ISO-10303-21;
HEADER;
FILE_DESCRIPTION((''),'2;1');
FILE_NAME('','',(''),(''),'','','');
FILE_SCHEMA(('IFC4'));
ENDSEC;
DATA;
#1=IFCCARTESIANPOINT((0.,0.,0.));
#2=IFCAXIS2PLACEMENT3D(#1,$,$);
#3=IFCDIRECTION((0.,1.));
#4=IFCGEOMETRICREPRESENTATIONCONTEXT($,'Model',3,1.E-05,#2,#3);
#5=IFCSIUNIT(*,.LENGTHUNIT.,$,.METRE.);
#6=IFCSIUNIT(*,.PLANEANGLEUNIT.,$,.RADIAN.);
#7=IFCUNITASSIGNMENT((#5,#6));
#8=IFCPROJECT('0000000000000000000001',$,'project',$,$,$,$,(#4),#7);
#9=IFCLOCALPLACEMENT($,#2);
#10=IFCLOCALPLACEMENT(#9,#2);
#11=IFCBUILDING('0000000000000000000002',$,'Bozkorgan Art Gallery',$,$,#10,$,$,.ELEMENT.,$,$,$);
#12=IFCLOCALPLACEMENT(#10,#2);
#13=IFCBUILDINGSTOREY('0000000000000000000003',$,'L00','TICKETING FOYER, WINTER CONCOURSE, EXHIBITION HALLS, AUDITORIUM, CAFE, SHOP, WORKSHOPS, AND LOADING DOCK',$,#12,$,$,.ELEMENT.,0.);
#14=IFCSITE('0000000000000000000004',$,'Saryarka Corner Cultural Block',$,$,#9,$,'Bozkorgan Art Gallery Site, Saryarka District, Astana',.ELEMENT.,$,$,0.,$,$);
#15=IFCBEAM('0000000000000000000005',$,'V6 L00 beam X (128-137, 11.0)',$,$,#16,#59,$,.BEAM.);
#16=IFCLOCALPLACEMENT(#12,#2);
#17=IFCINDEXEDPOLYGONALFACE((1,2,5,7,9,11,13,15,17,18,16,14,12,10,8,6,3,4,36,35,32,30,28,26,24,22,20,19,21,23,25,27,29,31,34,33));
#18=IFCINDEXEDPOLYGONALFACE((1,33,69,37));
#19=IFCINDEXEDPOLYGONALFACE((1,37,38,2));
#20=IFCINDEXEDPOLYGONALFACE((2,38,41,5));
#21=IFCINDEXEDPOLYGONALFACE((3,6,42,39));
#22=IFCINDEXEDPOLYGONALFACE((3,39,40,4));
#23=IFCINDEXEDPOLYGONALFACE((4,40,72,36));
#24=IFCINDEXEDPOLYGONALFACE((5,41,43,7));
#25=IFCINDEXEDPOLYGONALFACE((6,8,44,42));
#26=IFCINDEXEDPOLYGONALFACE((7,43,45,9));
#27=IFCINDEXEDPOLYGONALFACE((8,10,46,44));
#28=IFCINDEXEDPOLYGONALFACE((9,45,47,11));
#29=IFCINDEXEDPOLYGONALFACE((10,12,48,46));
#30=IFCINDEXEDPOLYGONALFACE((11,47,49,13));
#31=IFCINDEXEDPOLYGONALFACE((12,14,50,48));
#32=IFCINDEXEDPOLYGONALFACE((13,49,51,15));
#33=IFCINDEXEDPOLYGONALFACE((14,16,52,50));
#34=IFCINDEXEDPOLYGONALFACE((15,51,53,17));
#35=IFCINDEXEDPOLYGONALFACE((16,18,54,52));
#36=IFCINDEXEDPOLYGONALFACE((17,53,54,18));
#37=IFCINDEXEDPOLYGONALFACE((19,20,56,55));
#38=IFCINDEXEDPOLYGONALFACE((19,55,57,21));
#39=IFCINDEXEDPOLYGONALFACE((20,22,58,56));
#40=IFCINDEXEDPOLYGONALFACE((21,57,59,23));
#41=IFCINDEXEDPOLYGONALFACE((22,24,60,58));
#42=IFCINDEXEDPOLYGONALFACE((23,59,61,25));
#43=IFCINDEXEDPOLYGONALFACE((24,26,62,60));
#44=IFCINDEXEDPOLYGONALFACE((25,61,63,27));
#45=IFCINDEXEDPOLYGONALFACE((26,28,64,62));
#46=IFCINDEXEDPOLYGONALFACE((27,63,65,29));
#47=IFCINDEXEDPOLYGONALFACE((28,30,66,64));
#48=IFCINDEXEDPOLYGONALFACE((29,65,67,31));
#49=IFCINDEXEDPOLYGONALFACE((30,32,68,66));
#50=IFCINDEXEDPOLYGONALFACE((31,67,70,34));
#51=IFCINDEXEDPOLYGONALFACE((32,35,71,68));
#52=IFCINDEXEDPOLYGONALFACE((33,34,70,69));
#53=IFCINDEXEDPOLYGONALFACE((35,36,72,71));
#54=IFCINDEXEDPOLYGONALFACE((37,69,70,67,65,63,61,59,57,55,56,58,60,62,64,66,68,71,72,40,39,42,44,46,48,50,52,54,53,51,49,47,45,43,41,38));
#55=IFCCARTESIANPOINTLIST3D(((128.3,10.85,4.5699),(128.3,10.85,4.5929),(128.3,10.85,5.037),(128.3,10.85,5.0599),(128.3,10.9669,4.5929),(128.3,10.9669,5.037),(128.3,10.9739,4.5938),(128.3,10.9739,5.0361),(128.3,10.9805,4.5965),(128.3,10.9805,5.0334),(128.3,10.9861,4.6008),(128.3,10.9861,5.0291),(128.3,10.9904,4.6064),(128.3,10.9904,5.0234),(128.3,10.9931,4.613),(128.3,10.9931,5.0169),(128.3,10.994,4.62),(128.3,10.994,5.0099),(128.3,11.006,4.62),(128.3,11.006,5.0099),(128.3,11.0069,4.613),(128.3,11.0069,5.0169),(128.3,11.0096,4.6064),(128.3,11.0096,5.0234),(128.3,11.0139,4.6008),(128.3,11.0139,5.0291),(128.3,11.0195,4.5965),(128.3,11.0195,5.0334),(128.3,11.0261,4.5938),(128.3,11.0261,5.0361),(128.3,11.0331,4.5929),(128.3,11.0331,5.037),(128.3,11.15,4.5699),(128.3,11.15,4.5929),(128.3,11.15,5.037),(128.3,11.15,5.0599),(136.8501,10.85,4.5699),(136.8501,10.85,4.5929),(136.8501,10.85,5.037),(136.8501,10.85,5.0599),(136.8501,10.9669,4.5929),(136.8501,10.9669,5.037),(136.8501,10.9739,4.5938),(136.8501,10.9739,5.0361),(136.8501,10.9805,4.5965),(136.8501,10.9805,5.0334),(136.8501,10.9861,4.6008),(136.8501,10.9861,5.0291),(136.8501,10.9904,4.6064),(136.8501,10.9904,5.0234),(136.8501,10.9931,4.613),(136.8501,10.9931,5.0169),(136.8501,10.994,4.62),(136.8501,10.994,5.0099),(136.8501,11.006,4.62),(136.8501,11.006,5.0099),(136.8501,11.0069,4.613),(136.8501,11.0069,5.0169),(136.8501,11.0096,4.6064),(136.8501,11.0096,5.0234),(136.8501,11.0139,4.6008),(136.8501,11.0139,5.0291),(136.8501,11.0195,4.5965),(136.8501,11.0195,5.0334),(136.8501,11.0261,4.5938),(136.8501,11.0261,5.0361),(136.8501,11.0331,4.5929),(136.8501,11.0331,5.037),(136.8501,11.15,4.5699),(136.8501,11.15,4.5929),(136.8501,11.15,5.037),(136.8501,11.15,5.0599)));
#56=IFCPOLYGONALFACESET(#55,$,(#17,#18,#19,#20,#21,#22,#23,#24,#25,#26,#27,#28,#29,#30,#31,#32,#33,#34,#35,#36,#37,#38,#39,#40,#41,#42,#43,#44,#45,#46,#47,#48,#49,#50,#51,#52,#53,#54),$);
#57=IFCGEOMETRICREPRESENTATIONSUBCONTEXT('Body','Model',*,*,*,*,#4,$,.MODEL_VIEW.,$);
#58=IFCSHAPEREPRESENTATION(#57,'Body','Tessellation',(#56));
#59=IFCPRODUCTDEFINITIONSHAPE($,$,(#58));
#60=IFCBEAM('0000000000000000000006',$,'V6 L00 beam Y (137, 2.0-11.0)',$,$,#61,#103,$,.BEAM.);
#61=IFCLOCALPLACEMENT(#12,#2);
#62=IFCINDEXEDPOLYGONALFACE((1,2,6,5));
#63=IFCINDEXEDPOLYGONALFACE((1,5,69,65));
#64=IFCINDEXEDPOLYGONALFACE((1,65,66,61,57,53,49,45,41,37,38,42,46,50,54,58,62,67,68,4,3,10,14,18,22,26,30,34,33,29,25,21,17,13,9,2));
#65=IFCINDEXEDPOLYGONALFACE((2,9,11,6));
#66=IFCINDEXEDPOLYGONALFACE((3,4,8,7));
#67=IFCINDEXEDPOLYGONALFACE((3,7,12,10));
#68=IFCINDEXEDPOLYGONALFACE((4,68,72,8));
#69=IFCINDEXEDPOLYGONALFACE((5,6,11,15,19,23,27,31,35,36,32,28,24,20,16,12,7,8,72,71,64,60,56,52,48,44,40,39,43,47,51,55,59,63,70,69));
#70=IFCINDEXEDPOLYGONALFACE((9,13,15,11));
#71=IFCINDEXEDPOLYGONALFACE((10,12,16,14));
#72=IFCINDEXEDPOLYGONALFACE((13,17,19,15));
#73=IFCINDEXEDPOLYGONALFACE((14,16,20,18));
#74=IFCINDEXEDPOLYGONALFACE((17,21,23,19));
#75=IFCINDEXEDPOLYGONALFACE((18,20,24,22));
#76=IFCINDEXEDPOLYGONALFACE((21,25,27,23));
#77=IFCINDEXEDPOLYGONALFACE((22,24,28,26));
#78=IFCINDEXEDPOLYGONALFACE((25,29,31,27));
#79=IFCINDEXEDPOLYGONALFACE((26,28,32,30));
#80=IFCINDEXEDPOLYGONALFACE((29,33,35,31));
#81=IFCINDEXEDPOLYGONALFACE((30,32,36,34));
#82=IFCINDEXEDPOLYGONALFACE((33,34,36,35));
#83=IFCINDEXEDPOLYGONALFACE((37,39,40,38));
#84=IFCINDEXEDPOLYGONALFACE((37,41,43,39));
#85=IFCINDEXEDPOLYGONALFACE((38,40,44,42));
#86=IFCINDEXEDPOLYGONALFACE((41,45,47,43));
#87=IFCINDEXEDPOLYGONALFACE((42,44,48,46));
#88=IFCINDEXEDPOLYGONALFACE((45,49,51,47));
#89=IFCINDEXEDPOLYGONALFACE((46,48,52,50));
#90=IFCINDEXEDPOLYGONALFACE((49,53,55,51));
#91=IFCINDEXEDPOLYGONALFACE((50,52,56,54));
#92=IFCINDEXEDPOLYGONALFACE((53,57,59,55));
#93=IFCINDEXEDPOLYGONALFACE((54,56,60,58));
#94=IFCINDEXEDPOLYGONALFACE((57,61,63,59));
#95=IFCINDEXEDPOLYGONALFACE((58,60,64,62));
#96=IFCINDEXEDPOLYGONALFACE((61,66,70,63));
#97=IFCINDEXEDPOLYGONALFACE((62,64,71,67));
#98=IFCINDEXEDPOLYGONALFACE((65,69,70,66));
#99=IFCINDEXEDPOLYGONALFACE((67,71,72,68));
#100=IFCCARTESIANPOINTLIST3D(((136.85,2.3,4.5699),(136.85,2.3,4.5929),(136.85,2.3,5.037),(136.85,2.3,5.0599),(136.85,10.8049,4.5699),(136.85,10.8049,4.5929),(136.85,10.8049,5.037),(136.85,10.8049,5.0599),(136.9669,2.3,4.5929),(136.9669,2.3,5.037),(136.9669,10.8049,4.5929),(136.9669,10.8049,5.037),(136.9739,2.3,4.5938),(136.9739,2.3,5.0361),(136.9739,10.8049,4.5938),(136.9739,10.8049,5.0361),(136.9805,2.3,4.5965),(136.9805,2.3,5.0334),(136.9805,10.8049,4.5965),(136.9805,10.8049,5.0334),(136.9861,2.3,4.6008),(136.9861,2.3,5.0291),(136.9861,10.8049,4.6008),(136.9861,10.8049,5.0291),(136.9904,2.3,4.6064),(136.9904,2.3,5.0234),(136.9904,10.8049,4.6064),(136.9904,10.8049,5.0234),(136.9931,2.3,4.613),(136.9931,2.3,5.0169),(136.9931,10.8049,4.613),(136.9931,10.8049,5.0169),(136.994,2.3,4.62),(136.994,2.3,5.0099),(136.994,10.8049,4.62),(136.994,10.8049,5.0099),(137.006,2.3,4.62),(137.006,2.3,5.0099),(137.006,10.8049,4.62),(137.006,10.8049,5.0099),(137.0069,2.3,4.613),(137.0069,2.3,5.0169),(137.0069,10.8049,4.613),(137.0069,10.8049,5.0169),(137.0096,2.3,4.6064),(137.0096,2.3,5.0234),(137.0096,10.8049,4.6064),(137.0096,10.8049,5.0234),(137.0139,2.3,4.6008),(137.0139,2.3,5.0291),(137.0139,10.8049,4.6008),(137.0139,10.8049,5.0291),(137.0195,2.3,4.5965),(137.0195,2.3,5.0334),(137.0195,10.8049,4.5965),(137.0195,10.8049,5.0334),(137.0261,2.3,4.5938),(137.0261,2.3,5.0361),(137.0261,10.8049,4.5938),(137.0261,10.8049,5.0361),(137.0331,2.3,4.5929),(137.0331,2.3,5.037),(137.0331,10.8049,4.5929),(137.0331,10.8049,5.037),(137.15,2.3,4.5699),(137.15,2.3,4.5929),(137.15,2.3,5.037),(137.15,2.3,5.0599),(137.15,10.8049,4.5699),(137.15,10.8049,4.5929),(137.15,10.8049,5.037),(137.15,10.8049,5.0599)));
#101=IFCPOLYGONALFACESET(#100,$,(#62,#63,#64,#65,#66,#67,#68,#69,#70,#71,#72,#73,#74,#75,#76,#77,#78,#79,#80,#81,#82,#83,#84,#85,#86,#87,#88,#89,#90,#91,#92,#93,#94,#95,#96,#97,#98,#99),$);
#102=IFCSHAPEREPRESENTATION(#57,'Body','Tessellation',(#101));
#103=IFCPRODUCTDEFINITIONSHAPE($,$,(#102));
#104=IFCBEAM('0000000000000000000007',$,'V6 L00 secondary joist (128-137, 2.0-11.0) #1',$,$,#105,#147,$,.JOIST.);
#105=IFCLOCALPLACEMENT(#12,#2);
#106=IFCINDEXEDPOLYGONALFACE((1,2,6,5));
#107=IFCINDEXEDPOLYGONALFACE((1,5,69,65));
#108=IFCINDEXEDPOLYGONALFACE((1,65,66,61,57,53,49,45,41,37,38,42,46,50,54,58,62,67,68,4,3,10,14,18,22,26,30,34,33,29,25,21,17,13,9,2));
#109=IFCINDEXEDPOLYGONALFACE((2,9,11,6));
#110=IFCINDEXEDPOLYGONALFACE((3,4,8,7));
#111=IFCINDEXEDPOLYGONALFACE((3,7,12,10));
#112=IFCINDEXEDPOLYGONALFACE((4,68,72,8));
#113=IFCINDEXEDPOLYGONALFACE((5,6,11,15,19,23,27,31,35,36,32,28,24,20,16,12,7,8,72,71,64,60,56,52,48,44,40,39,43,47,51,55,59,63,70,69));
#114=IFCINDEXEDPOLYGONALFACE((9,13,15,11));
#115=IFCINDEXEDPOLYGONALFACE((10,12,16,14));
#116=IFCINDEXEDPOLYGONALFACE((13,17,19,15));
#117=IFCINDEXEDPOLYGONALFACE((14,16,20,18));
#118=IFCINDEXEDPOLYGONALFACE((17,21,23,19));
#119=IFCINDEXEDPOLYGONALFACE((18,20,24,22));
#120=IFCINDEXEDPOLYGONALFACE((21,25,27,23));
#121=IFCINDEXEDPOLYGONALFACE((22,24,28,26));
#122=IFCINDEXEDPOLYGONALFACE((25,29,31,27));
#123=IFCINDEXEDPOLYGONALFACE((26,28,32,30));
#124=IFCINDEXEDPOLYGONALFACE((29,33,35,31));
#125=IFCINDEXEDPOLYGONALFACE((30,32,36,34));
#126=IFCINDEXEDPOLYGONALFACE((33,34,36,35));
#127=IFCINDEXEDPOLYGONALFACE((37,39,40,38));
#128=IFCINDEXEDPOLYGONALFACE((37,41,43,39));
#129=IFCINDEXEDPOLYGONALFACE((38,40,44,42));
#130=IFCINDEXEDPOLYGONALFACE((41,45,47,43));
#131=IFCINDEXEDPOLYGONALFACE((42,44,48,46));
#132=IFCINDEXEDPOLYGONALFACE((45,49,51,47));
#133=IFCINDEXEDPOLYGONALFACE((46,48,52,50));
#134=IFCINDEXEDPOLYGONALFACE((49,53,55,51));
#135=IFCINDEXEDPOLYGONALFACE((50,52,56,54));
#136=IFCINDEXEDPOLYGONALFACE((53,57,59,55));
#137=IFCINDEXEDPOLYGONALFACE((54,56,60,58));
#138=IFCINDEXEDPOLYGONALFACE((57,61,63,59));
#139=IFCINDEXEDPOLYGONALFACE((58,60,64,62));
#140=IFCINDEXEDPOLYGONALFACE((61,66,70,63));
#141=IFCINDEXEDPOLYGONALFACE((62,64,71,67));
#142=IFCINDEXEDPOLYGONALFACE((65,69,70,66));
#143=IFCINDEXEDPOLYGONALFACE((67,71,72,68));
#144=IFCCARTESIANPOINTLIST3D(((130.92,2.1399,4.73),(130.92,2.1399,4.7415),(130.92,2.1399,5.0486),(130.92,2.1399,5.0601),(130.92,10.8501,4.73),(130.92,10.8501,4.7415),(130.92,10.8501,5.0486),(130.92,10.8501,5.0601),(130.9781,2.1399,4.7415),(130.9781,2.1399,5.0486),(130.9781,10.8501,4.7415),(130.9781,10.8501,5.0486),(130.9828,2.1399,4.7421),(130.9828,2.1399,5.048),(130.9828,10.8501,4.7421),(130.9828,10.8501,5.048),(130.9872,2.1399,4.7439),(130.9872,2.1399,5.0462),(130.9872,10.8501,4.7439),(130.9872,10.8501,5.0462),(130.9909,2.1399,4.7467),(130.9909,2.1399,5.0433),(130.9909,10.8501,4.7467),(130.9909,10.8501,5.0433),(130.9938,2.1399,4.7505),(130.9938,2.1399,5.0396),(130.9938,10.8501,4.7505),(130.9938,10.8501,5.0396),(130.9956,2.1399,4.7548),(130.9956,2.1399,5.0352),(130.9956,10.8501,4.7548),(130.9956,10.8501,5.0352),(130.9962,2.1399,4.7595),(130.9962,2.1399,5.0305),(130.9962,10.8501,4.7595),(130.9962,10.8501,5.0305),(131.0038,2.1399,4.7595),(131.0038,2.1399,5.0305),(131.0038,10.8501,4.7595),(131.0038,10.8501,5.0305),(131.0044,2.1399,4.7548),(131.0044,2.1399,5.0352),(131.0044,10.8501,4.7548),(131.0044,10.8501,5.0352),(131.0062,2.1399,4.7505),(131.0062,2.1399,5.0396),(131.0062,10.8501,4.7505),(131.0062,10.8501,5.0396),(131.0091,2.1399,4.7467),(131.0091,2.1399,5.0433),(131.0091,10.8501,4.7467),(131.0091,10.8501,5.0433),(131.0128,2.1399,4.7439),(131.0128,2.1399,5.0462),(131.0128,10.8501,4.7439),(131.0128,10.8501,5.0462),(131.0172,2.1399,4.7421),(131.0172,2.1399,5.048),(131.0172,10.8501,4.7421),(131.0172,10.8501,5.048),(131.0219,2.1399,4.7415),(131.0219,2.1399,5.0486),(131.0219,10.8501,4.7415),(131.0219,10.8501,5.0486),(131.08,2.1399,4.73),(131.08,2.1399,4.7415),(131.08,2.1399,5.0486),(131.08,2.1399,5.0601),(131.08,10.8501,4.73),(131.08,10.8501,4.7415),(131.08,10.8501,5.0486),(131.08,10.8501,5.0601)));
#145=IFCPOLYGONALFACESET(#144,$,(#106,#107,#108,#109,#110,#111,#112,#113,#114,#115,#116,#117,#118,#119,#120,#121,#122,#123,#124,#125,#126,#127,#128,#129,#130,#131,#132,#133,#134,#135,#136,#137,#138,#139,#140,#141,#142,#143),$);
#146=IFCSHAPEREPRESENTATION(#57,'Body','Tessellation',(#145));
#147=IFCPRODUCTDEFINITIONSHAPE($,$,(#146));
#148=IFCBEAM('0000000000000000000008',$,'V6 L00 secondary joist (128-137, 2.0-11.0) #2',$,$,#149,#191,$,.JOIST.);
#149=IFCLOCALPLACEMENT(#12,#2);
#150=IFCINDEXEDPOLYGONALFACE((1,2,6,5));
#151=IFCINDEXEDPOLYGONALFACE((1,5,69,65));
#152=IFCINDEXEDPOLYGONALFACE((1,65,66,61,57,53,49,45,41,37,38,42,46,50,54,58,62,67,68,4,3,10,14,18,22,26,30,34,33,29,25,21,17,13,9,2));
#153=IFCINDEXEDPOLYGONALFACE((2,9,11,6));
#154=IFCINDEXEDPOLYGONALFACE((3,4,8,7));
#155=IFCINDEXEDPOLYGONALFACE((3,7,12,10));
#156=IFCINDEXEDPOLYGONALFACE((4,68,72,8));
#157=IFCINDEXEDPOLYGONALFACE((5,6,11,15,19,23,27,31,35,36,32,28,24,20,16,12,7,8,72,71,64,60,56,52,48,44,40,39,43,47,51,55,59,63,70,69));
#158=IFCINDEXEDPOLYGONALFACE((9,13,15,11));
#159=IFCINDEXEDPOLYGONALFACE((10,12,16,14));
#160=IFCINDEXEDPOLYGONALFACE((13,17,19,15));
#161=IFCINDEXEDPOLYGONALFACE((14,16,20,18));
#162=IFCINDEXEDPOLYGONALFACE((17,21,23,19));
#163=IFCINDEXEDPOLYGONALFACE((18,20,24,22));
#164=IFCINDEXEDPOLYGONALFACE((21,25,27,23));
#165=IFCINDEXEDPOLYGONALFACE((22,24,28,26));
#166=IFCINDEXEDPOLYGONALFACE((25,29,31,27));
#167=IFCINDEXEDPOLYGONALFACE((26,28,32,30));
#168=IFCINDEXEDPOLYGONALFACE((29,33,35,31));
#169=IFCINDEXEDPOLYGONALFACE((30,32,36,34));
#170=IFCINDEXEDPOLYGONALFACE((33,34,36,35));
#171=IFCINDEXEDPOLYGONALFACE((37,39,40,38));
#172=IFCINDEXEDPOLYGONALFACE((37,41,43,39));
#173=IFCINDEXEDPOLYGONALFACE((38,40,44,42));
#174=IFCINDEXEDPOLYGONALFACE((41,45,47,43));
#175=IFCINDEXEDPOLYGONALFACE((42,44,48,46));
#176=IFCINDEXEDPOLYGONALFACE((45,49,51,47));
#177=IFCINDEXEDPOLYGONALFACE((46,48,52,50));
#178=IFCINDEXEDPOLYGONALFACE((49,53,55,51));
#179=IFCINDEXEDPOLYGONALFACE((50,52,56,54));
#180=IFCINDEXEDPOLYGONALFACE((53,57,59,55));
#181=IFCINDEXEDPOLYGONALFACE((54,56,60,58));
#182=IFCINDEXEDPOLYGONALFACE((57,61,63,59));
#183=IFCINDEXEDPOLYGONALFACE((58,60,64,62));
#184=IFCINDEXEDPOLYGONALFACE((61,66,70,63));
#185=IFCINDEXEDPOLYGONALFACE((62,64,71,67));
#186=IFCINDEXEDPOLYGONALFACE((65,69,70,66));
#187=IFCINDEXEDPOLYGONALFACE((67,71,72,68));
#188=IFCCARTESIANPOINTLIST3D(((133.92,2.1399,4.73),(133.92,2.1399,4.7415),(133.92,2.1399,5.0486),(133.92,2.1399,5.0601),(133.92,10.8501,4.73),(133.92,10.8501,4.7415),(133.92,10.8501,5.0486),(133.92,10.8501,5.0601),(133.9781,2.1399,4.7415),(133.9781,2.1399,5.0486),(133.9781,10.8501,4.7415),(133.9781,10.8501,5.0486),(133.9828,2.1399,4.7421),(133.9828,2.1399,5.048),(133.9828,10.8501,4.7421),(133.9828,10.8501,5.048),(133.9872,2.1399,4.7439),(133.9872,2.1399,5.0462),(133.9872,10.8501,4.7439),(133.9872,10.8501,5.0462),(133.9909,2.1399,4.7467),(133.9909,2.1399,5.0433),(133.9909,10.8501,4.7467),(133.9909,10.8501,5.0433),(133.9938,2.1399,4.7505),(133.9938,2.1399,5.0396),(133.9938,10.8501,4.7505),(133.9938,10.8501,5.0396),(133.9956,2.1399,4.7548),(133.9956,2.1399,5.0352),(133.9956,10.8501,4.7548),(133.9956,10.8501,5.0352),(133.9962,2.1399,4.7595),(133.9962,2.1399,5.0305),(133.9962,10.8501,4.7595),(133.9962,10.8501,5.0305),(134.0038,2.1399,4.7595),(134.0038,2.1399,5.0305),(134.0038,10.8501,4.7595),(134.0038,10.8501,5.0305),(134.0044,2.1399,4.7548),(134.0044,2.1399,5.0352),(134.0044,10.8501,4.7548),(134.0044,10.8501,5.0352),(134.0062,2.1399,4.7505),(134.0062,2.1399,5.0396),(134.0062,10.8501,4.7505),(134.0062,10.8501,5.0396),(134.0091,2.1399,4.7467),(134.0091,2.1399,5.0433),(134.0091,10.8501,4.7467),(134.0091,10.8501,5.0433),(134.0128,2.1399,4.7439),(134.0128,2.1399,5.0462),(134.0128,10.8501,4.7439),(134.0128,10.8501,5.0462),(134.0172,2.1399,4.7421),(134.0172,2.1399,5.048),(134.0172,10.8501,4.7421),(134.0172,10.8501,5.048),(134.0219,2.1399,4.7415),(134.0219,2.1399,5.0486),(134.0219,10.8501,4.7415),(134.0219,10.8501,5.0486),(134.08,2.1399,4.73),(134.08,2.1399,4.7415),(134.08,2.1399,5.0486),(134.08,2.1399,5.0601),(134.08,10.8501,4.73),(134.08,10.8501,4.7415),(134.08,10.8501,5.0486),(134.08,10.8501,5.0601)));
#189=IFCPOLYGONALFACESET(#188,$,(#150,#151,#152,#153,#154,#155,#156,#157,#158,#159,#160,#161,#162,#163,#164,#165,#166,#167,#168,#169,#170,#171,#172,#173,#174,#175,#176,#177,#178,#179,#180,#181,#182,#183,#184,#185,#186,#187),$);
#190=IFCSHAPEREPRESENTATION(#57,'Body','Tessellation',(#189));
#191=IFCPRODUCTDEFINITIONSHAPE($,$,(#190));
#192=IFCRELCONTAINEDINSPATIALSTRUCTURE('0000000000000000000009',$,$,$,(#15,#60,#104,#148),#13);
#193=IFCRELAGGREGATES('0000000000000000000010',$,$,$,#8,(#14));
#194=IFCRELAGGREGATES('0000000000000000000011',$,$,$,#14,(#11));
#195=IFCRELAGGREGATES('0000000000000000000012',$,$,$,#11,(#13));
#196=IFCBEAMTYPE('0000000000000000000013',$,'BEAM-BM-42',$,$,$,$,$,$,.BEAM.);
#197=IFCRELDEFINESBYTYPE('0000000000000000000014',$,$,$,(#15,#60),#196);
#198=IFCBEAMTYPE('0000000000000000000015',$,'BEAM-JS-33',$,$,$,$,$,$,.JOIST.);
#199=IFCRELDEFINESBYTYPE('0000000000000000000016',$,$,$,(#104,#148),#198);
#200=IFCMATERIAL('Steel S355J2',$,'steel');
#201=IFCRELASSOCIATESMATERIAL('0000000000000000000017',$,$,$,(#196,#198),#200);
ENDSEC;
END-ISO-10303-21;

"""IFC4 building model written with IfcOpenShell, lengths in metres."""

from ifc_helpers import new_model, si_unit, direction, frame, origin, origin_2d, place, context, subcontext, project, spatial, i_section, extrude, material, material_profile, profile_set, type_object, element, save


model = new_model("IFC4")

# Units and contexts
model_context = context("Model", 3, precision=1e-05, world=origin(), true_north=direction((0.0, 1.0)))
body_context = subcontext(model_context, "Body", "Model", "MODEL_VIEW")
ifc_project = project(units=[si_unit("LENGTHUNIT", "METRE"), si_unit("PLANEANGLEUNIT", "RADIAN")], contexts=[model_context])

# Site, building, storey
site_placement = place(None, origin())
site = spatial("IfcSite", under=ifc_project, at=site_placement, Name="Saryarka Corner Cultural Block", LongName="Bozkorgan Art Gallery Site, Saryarka District, Astana", CompositionType="ELEMENT", RefElevation=0.0)
building_placement = place(site_placement, origin())
building = spatial("IfcBuilding", under=site, at=building_placement, Name="Bozkorgan Art Gallery", CompositionType="ELEMENT")
storey_placement = place(building_placement, origin())
storey = spatial("IfcBuildingStorey", under=building, at=storey_placement, Name="L00", Description="TICKETING FOYER, WINTER CONCOURSE, EXHIBITION HALLS, AUDITORIUM, CAFE, SHOP, WORKSHOPS, AND LOADING DOCK", CompositionType="ELEMENT", Elevation=0.0)

# Beams
ifc_material_1 = material(Name="Steel S355J2", Category="steel")
ifc_material_profile_1 = material_profile(ifc_material_1, i_section(OverallWidth=0.3, OverallDepth=0.49, WebThickness=0.012, FlangeThickness=0.0229, FilletRadius=0.0271, at=origin_2d()), Name="HEA 500")
ifc_profile_set_1 = profile_set([ifc_material_profile_1], Name="Steel S355J2")
beam_type_1 = type_object("IfcBeamType", Name="BEAM-BM-42", PredefinedType="BEAM", material=ifc_profile_set_1)
beam_1_placement = place(storey_placement, frame((128.3, 11.0, 4.8149), z_axis=(1.0, 0.0, 0.0), x_axis=(0.0, 1.0, 0.0)))
element("IfcBeam", 1, at=beam_1_placement, inside=storey, type_object=beam_type_1, Name="V6 L00 beam X (128-137, 11.0)", PredefinedType="BEAM", context=body_context, shape_type="SweptSolid", body=[
    extrude(i_section(OverallWidth=0.3, OverallDepth=0.49, WebThickness=0.012, FlangeThickness=0.0229, FilletRadius=0.0271, at=origin_2d()), origin(), (0.0, 0.0, 1.0), 8.55),
])
beam_2_placement = place(storey_placement, frame((137.0, 2.3, 4.8149), z_axis=(0.0, 1.0, 0.0), x_axis=(-1.0, 0.0, 0.0)))
element("IfcBeam", 2, at=beam_2_placement, inside=storey, type_object=beam_type_1, Name="V6 L00 beam Y (137, 2.0-11.0)", PredefinedType="BEAM", context=body_context, shape_type="SweptSolid", body=[
    extrude(i_section(OverallWidth=0.3, OverallDepth=0.49, WebThickness=0.012, FlangeThickness=0.0229, FilletRadius=0.0271, at=origin_2d()), origin(), (0.0, 0.0, 1.0), 8.5049),
])
ifc_material_profile_2 = material_profile(ifc_material_1, i_section(OverallWidth=0.1599, OverallDepth=0.3301, WebThickness=0.0076, FlangeThickness=0.0115, FilletRadius=0.0181, at=origin_2d()), Name="IPE 330")
ifc_profile_set_2 = profile_set([ifc_material_profile_2], Name="Steel S355J2")
beam_type_2 = type_object("IfcBeamType", Name="BEAM-JS-33", PredefinedType="JOIST", material=ifc_profile_set_2)
for number, where, z_axis, x_axis, name in (
    (3, (131.0, 2.1399, 4.895), (0.0, 1.0, 0.0), (-1.0, 0.0, 0.0), "V6 L00 secondary joist (128-137, 2.0-11.0) #1"),
    (4, (134.0, 2.1399, 4.895), (0.0, 1.0, 0.0), (-1.0, 0.0, 0.0), "V6 L00 secondary joist (128-137, 2.0-11.0) #2"),
):
    element("IfcBeam", number, at=place(storey_placement, frame(where, z_axis=z_axis, x_axis=x_axis)), inside=storey, type_object=beam_type_2, Name=name, PredefinedType="JOIST", context=body_context, shape_type="SweptSolid", body=[
        extrude(i_section(OverallWidth=0.1599, OverallDepth=0.3301, WebThickness=0.0076, FlangeThickness=0.0115, FilletRadius=0.0181, at=origin_2d()), origin(), (0.0, 0.0, 1.0), 8.7102),
    ])

save(model, "model.ifc")
